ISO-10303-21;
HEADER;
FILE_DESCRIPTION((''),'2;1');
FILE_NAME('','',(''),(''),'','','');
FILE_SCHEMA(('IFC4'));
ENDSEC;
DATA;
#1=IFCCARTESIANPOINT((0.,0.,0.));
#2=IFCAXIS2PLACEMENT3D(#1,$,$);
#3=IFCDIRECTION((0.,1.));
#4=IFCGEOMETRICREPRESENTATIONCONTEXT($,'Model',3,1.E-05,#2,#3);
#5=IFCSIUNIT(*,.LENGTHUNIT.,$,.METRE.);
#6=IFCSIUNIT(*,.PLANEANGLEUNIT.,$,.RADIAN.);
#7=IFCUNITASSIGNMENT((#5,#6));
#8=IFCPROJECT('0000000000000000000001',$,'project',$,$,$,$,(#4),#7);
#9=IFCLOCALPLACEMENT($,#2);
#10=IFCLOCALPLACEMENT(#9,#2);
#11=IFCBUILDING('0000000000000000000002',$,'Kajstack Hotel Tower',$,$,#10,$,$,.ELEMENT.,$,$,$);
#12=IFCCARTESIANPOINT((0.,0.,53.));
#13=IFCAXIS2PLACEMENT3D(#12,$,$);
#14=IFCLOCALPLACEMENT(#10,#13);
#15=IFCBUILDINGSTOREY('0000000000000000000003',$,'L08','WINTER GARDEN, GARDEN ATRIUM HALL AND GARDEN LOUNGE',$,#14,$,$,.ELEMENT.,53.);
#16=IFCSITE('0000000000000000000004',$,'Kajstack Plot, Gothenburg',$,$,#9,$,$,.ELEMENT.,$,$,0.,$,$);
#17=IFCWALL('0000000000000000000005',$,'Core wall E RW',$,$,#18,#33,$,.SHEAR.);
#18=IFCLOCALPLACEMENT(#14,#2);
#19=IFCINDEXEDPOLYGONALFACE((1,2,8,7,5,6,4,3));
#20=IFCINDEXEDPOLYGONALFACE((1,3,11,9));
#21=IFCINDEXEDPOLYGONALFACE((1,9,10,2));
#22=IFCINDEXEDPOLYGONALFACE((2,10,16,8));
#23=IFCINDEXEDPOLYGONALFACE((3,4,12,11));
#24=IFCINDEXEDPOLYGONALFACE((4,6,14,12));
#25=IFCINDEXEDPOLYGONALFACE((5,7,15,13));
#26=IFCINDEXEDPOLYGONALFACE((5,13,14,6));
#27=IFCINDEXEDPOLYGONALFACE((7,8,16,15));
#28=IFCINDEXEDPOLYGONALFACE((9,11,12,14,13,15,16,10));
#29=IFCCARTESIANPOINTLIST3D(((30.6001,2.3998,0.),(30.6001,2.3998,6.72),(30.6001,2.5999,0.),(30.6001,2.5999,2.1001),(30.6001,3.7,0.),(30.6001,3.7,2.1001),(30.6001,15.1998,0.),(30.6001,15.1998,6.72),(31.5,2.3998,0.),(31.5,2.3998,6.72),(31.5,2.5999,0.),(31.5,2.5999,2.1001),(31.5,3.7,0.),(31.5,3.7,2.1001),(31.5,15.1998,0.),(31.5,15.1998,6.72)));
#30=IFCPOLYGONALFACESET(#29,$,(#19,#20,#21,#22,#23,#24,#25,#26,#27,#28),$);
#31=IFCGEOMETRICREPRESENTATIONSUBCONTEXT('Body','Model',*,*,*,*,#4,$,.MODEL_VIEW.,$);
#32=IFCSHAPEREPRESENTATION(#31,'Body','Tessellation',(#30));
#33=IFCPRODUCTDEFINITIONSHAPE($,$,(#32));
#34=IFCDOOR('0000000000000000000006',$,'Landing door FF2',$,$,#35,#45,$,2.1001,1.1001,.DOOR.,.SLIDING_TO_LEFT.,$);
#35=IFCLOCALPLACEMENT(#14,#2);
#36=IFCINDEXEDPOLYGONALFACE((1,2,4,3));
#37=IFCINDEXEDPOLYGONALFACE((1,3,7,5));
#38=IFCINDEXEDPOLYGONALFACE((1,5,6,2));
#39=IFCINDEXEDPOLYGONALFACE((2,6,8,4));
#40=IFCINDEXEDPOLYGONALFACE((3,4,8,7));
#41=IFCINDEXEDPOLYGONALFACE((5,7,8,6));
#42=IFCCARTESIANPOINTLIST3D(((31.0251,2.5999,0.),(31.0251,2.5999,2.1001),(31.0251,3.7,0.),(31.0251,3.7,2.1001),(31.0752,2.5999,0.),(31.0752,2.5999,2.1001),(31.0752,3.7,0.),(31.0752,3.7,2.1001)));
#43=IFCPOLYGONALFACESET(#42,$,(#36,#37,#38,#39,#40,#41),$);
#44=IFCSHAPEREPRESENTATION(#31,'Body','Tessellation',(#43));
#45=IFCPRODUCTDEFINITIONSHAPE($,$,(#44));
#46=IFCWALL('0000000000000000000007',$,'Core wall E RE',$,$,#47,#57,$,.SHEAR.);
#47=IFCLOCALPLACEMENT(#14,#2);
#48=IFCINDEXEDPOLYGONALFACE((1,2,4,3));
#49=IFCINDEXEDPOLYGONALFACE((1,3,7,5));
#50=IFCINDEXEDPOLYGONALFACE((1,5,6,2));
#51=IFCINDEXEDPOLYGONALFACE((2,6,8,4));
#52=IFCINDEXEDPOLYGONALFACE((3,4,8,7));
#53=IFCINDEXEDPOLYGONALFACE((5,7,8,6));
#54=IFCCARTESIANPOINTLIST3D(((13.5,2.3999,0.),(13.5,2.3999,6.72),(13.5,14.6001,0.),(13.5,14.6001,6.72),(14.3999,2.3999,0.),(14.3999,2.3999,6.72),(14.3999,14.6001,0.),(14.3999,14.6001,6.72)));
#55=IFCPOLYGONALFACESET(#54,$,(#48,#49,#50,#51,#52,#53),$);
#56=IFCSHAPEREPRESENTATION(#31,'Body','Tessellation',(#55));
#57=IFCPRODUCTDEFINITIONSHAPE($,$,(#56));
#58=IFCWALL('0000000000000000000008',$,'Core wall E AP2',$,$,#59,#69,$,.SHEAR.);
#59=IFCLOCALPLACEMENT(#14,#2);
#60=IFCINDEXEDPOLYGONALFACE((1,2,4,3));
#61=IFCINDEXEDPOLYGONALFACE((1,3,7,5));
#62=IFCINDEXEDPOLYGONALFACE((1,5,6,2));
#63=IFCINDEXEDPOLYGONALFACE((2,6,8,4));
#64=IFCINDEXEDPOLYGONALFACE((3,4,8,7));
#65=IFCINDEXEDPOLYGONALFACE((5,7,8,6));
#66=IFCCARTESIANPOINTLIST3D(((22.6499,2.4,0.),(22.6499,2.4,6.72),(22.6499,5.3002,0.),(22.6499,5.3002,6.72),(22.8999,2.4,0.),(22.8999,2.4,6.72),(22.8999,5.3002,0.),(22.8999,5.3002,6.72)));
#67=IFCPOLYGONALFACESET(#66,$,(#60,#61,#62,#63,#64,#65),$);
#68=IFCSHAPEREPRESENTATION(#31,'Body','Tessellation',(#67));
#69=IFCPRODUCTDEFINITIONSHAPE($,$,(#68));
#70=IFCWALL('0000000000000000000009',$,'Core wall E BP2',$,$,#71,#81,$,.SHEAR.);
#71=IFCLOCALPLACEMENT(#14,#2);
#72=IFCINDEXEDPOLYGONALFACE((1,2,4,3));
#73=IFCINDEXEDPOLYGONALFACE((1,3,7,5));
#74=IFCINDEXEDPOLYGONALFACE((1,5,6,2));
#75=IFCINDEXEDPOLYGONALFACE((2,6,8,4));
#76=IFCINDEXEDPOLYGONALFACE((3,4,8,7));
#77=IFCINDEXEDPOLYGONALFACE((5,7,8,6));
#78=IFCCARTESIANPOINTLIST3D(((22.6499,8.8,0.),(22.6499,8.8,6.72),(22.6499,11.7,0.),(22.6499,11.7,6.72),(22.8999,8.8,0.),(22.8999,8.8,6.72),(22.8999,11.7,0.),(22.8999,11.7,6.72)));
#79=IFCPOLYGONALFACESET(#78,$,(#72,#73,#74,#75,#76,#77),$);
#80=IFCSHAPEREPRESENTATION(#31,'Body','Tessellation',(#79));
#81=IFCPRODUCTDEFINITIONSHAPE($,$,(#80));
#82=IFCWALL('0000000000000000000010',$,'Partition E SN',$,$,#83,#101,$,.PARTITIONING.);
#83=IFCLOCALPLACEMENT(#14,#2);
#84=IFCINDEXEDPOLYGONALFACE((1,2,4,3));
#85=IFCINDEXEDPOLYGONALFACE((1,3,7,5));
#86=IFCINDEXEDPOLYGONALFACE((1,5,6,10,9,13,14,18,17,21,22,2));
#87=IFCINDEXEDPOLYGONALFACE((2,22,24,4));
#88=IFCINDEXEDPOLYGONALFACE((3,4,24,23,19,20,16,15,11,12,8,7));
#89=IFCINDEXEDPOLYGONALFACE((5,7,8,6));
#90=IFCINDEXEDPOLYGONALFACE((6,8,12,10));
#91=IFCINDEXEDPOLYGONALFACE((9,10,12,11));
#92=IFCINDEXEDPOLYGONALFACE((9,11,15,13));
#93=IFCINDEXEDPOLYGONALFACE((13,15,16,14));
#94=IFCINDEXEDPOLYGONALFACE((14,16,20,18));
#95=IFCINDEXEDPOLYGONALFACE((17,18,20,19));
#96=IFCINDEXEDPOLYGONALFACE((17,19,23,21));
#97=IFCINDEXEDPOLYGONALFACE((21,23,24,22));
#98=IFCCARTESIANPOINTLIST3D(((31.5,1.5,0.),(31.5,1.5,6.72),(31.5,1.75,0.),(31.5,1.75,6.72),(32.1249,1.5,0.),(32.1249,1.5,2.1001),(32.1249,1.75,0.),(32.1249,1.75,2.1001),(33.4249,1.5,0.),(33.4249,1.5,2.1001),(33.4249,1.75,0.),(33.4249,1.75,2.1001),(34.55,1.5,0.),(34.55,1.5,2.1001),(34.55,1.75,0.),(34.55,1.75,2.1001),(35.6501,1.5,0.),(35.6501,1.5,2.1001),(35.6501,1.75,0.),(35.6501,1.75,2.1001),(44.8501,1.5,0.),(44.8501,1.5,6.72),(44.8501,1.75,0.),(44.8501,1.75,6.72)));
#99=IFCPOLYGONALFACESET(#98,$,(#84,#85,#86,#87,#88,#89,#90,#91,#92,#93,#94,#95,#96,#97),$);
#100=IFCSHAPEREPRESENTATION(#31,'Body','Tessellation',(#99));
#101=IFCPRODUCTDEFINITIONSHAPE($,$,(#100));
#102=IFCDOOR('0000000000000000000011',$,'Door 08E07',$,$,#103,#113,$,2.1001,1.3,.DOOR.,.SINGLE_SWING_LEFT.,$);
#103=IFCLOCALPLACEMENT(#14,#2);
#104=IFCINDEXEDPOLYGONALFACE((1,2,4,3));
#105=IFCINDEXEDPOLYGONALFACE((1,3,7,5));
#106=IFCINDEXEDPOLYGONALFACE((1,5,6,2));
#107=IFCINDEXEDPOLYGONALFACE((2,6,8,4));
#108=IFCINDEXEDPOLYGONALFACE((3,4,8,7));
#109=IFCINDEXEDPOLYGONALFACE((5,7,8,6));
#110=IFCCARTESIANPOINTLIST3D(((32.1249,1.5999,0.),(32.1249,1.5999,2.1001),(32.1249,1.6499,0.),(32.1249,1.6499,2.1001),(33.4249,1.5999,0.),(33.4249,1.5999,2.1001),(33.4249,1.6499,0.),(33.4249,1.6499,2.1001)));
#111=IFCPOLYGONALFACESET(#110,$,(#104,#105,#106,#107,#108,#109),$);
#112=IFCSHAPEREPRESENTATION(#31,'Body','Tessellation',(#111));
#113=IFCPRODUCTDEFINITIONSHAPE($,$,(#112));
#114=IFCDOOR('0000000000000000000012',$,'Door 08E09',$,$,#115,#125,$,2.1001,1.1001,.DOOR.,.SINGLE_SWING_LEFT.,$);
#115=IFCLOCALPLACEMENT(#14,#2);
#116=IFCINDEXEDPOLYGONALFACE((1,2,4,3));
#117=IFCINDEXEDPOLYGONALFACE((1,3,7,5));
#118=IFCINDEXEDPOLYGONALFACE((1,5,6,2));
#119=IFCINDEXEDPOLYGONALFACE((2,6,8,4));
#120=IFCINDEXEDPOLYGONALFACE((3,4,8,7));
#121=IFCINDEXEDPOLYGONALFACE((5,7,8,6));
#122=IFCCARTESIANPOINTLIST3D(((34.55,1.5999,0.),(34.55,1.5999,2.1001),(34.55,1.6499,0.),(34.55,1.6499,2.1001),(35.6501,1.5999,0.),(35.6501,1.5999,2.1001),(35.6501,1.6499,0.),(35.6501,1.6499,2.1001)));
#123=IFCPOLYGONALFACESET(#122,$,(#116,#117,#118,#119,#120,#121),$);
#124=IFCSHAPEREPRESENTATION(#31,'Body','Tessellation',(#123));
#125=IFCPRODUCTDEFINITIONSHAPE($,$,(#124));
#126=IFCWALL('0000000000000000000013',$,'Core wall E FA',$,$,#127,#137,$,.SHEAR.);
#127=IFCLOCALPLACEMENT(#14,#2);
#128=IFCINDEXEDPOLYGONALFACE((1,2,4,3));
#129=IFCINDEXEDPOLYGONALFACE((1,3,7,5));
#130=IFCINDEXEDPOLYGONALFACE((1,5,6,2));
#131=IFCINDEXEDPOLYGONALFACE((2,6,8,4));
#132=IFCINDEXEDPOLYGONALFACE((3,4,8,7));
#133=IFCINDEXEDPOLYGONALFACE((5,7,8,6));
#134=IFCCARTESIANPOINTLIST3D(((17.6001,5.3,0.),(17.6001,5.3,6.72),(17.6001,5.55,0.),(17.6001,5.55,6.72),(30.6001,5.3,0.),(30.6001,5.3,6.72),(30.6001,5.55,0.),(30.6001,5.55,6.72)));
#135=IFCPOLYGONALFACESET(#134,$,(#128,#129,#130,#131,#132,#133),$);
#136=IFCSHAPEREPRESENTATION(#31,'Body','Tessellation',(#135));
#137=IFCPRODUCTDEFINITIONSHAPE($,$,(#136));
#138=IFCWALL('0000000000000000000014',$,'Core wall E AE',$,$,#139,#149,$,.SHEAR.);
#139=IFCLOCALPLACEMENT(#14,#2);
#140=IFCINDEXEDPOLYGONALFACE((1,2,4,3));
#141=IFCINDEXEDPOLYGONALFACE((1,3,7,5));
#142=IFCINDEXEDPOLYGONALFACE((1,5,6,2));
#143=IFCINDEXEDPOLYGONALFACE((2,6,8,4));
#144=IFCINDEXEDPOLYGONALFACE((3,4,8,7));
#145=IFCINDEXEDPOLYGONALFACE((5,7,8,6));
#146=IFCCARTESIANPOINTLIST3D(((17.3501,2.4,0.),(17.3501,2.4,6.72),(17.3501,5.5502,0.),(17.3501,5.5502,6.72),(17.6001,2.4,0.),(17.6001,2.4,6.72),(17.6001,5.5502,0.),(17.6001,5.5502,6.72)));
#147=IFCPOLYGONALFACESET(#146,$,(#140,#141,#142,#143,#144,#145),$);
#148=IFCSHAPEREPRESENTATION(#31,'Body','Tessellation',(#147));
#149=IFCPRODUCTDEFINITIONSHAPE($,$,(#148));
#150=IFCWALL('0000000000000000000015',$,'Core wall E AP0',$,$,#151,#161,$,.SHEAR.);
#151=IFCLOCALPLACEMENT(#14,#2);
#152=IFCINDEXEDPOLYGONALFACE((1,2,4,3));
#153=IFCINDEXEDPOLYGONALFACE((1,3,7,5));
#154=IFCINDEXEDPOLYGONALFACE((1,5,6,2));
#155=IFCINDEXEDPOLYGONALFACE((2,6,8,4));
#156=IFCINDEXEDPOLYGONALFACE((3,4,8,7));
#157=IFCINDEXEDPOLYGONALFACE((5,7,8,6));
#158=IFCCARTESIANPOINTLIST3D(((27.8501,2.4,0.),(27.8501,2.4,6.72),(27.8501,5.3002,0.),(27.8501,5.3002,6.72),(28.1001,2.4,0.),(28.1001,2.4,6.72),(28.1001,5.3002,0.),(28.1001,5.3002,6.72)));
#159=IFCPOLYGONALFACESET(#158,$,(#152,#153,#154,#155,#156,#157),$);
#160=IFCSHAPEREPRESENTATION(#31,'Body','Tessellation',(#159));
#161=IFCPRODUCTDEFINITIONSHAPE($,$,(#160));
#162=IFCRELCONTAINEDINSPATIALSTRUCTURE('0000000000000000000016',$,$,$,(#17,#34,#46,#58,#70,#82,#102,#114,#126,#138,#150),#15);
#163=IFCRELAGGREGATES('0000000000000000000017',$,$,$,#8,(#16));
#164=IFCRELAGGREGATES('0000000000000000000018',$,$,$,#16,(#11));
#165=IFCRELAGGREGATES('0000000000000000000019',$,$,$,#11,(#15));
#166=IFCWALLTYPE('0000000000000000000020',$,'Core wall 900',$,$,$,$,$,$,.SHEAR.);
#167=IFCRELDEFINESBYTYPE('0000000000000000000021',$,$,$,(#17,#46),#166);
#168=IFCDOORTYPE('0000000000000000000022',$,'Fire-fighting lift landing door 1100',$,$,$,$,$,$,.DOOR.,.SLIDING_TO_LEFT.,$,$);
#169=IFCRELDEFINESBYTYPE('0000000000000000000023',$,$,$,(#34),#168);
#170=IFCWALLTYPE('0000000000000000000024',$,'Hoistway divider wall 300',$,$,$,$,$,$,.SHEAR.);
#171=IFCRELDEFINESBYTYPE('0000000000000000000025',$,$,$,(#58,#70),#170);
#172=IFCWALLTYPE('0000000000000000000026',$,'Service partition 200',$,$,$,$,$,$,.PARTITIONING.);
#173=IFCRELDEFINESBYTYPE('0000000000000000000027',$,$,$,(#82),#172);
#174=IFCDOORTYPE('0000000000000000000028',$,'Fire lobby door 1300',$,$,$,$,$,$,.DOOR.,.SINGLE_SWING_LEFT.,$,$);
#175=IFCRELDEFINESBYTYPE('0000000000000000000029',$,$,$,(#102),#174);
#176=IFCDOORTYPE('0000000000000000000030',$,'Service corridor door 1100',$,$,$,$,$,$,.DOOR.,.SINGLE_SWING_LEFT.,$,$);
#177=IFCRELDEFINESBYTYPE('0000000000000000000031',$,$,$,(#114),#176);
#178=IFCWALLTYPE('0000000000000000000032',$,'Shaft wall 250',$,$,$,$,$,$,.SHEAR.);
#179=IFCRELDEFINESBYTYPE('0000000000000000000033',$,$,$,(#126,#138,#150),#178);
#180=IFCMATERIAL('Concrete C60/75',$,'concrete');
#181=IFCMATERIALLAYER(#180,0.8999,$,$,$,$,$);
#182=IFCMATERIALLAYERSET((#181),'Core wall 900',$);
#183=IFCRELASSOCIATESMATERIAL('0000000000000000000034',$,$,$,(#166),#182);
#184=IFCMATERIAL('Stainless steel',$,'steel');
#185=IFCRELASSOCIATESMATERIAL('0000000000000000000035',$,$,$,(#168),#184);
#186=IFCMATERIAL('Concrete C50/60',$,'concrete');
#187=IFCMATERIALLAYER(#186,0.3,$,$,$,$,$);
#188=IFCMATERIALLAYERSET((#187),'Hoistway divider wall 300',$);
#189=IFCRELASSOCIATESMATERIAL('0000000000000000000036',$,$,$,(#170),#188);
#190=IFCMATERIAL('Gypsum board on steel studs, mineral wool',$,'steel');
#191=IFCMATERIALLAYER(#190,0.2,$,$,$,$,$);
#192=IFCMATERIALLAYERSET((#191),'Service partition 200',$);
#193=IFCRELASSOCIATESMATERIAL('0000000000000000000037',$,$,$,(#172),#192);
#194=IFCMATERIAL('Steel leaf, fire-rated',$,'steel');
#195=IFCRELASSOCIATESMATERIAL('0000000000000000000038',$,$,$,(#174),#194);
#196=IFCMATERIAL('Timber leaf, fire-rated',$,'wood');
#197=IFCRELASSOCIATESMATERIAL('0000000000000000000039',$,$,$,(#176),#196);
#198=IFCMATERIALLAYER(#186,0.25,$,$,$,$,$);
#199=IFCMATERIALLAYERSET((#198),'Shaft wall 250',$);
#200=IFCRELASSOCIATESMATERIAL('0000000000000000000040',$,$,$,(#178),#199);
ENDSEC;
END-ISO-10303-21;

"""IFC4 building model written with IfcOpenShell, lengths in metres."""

from ifc_helpers import new_model, si_unit, direction, frame, frame_2d, origin, place, context, subcontext, project, spatial, rectangle, extrude, material, layer, layer_set, type_object, element, fill, save


model = new_model("IFC4")

# Units and contexts
model_context = context("Model", 3, precision=1e-05, world=origin(), true_north=direction((0.0, 1.0)))
body_context = subcontext(model_context, "Body", "Model", "MODEL_VIEW")
ifc_project = project(units=[si_unit("LENGTHUNIT", "METRE"), si_unit("PLANEANGLEUNIT", "RADIAN")], contexts=[model_context])

# Site, building, storey
site_placement = place(None, origin())
site = spatial("IfcSite", under=ifc_project, at=site_placement, Name="Kajstack Plot, Gothenburg", CompositionType="ELEMENT", RefElevation=0.0)
building_placement = place(site_placement, origin())
building = spatial("IfcBuilding", under=site, at=building_placement, Name="Kajstack Hotel Tower", CompositionType="ELEMENT")
storey_placement = place(building_placement, frame((0.0, 0.0, 53.0)))
storey = spatial("IfcBuildingStorey", under=building, at=storey_placement, Name="L08", Description="WINTER GARDEN, GARDEN ATRIUM HALL AND GARDEN LOUNGE", CompositionType="ELEMENT", Elevation=53.0)

# Wall, opening, door
ifc_material_1 = material(Name="Concrete C60/75", Category="concrete")
ifc_layer_1 = layer(ifc_material_1, 0.8999)
ifc_layer_set_1 = layer_set([ifc_layer_1], Name="Core wall 900")
wall_type_1 = type_object("IfcWallType", Name="Core wall 900", PredefinedType="SHEAR", material=ifc_layer_set_1)
wall_1_placement = place(storey_placement, frame((31.05, 2.3999, 0.0), z_axis=(0.0, 0.0, 1.0), x_axis=(0.0, 1.0, 0.0)))
wall_1 = element("IfcWall", 1, at=wall_1_placement, inside=storey, type_object=wall_type_1, Name="Core wall E RW", PredefinedType="SHEAR", context=body_context, shape_type="SweptSolid", body=[
    extrude(rectangle(XDim=12.8, YDim=0.8999, at=frame_2d((6.3999, 0.0))), origin(), (0.0, 0.0, 1.0), 6.72),
])
opening_1_placement = place(wall_1_placement, frame((0.2, 0.0, 0.0)))
opening_1 = element("IfcOpeningElement", 2, at=opening_1_placement, cuts=wall_1, PredefinedType="OPENING", context=body_context, shape_type="SweptSolid", body=[
    extrude(rectangle(XDim=1.1001, YDim=2.1001, at=frame_2d((0.55, 1.05))), frame((0.0, 0.46, 0.0), z_axis=(0.0, -1.0, 0.0), x_axis=(1.0, 0.0, 0.0)), (0.0, 0.0, 1.0), 0.9199),
])
ifc_material_2 = material(Name="Stainless steel", Category="steel")
door_type_1 = type_object("IfcDoorType", Name="Fire-fighting lift landing door 1100", OperationType="SLIDING_TO_LEFT", PredefinedType="DOOR", material=ifc_material_2)
door_1_placement = place(opening_1_placement, origin())
door_1 = element("IfcDoor", 3, at=door_1_placement, inside=storey, type_object=door_type_1, Name="Landing door FF2", OperationType="SLIDING_TO_LEFT", OverallHeight=2.1001, OverallWidth=1.1001, PredefinedType="DOOR", context=body_context, shape_type="SweptSolid", body=[
    extrude(rectangle(XDim=1.1001, YDim=2.1001, at=frame_2d((0.55, 1.05))), frame((0.0, 0.0249, 0.0), z_axis=(0.0, -1.0, 0.0), x_axis=(1.0, 0.0, 0.0)), (0.0, 0.0, 1.0), 0.05),
])
fill(opening_1, door_1)

# Walls
wall_2_placement = place(storey_placement, frame((13.95, 2.3999, 0.0), z_axis=(0.0, 0.0, 1.0), x_axis=(0.0, 1.0, 0.0)))
element("IfcWall", 4, at=wall_2_placement, inside=storey, type_object=wall_type_1, Name="Core wall E RE", PredefinedType="SHEAR", context=body_context, shape_type="SweptSolid", body=[
    extrude(rectangle(XDim=12.2002, YDim=0.8999, at=frame_2d((6.1001, 0.0))), origin(), (0.0, 0.0, 1.0), 6.72),
])
ifc_material_3 = material(Name="Concrete C50/60", Category="concrete")
ifc_layer_2 = layer(ifc_material_3, 0.3)
ifc_layer_set_2 = layer_set([ifc_layer_2], Name="Hoistway divider wall 300")
wall_type_2 = type_object("IfcWallType", Name="Hoistway divider wall 300", PredefinedType="SHEAR", material=ifc_layer_set_2)
wall_3_placement = place(storey_placement, frame((22.7749, 2.3999, 0.0), z_axis=(0.0, 0.0, 1.0), x_axis=(0.0, 1.0, 0.0)))
element("IfcWall", 5, at=wall_3_placement, inside=storey, type_object=wall_type_2, Name="Core wall E AP2", PredefinedType="SHEAR", context=body_context, shape_type="SweptSolid", body=[
    extrude(rectangle(XDim=2.9001, YDim=0.25, at=frame_2d((1.4502, 0.0))), origin(), (0.0, 0.0, 1.0), 6.72),
])
wall_4_placement = place(storey_placement, frame((22.7749, 8.8, 0.0), z_axis=(0.0, 0.0, 1.0), x_axis=(0.0, 1.0, 0.0)))
element("IfcWall", 6, at=wall_4_placement, inside=storey, type_object=wall_type_2, Name="Core wall E BP2", PredefinedType="SHEAR", context=body_context, shape_type="SweptSolid", body=[
    extrude(rectangle(XDim=2.8999, YDim=0.25, at=frame_2d((1.45, 0.0))), origin(), (0.0, 0.0, 1.0), 6.72),
])

# Wall, openings, doors
ifc_material_4 = material(Name="Gypsum board on steel studs, mineral wool", Category="steel")
ifc_layer_3 = layer(ifc_material_4, 0.2)
ifc_layer_set_3 = layer_set([ifc_layer_3], Name="Service partition 200")
wall_type_3 = type_object("IfcWallType", Name="Service partition 200", PredefinedType="PARTITIONING", material=ifc_layer_set_3)
wall_5_placement = place(storey_placement, frame((31.5, 1.625, 0.0), z_axis=(0.0, 0.0, 1.0), x_axis=(1.0, 0.0, 0.0)))
wall_5 = element("IfcWall", 7, at=wall_5_placement, inside=storey, type_object=wall_type_3, Name="Partition E SN", PredefinedType="PARTITIONING", context=body_context, shape_type="SweptSolid", body=[
    extrude(rectangle(XDim=13.3501, YDim=0.25, at=frame_2d((6.675, 0.0))), origin(), (0.0, 0.0, 1.0), 6.72),
])
opening_2_placement = place(wall_5_placement, frame((0.625, 0.0, 0.0)))
opening_2 = element("IfcOpeningElement", 8, at=opening_2_placement, cuts=wall_5, PredefinedType="OPENING", context=body_context, shape_type="SweptSolid", body=[
    extrude(rectangle(XDim=1.3, YDim=2.1001, at=frame_2d((0.6499, 1.05))), frame((0.0, 0.135, 0.0), z_axis=(0.0, -1.0, 0.0), x_axis=(1.0, 0.0, 0.0)), (0.0, 0.0, 1.0), 0.27),
])
opening_3_placement = place(wall_5_placement, frame((3.05, 0.0, 0.0)))
opening_3 = element("IfcOpeningElement", 9, at=opening_3_placement, cuts=wall_5, PredefinedType="OPENING", context=body_context, shape_type="SweptSolid", body=[
    extrude(rectangle(XDim=1.1001, YDim=2.1001, at=frame_2d((0.55, 1.05))), frame((0.0, 0.135, 0.0), z_axis=(0.0, -1.0, 0.0), x_axis=(1.0, 0.0, 0.0)), (0.0, 0.0, 1.0), 0.27),
])
ifc_material_5 = material(Name="Steel leaf, fire-rated", Category="steel")
door_type_2 = type_object("IfcDoorType", Name="Fire lobby door 1300", OperationType="SINGLE_SWING_LEFT", PredefinedType="DOOR", material=ifc_material_5)
door_2_placement = place(opening_2_placement, origin())
door_2 = element("IfcDoor", 10, at=door_2_placement, inside=storey, type_object=door_type_2, Name="Door 08E07", OperationType="SINGLE_SWING_LEFT", OverallHeight=2.1001, OverallWidth=1.3, PredefinedType="DOOR", context=body_context, shape_type="SweptSolid", body=[
    extrude(rectangle(XDim=1.3, YDim=2.1001, at=frame_2d((0.6499, 1.05))), frame((0.0, 0.0249, 0.0), z_axis=(0.0, -1.0, 0.0), x_axis=(1.0, 0.0, 0.0)), (0.0, 0.0, 1.0), 0.05),
])
fill(opening_2, door_2)
ifc_material_6 = material(Name="Timber leaf, fire-rated", Category="wood")
door_type_3 = type_object("IfcDoorType", Name="Service corridor door 1100", OperationType="SINGLE_SWING_LEFT", PredefinedType="DOOR", material=ifc_material_6)
door_3_placement = place(opening_3_placement, origin())
door_3 = element("IfcDoor", 11, at=door_3_placement, inside=storey, type_object=door_type_3, Name="Door 08E09", OperationType="SINGLE_SWING_LEFT", OverallHeight=2.1001, OverallWidth=1.1001, PredefinedType="DOOR", context=body_context, shape_type="SweptSolid", body=[
    extrude(rectangle(XDim=1.1001, YDim=2.1001, at=frame_2d((0.55, 1.05))), frame((0.0, 0.0249, 0.0), z_axis=(0.0, -1.0, 0.0), x_axis=(1.0, 0.0, 0.0)), (0.0, 0.0, 1.0), 0.05),
])
fill(opening_3, door_3)

# Walls
ifc_layer_4 = layer(ifc_material_3, 0.25)
ifc_layer_set_4 = layer_set([ifc_layer_4], Name="Shaft wall 250")
wall_type_4 = type_object("IfcWallType", Name="Shaft wall 250", PredefinedType="SHEAR", material=ifc_layer_set_4)
wall_6_placement = place(storey_placement, frame((17.6001, 5.425, 0.0), z_axis=(0.0, 0.0, 1.0), x_axis=(1.0, 0.0, 0.0)))
element("IfcWall", 12, at=wall_6_placement, inside=storey, type_object=wall_type_4, Name="Core wall E FA", PredefinedType="SHEAR", context=body_context, shape_type="SweptSolid", body=[
    extrude(rectangle(XDim=13.0, YDim=0.25, at=frame_2d((6.5, 0.0))), origin(), (0.0, 0.0, 1.0), 6.72),
])
wall_7_placement = place(storey_placement, frame((17.4751, 2.3999, 0.0), z_axis=(0.0, 0.0, 1.0), x_axis=(0.0, 1.0, 0.0)))
element("IfcWall", 13, at=wall_7_placement, inside=storey, type_object=wall_type_4, Name="Core wall E AE", PredefinedType="SHEAR", context=body_context, shape_type="SweptSolid", body=[
    extrude(rectangle(XDim=3.1501, YDim=0.25, at=frame_2d((1.5752, 0.0))), origin(), (0.0, 0.0, 1.0), 6.72),
])
wall_8_placement = place(storey_placement, frame((27.9751, 2.3999, 0.0), z_axis=(0.0, 0.0, 1.0), x_axis=(0.0, 1.0, 0.0)))
element("IfcWall", 14, at=wall_8_placement, inside=storey, type_object=wall_type_4, Name="Core wall E AP0", PredefinedType="SHEAR", context=body_context, shape_type="SweptSolid", body=[
    extrude(rectangle(XDim=2.9001, YDim=0.25, at=frame_2d((1.4502, 0.0))), origin(), (0.0, 0.0, 1.0), 6.72),
])

save(model, "model.ifc")
